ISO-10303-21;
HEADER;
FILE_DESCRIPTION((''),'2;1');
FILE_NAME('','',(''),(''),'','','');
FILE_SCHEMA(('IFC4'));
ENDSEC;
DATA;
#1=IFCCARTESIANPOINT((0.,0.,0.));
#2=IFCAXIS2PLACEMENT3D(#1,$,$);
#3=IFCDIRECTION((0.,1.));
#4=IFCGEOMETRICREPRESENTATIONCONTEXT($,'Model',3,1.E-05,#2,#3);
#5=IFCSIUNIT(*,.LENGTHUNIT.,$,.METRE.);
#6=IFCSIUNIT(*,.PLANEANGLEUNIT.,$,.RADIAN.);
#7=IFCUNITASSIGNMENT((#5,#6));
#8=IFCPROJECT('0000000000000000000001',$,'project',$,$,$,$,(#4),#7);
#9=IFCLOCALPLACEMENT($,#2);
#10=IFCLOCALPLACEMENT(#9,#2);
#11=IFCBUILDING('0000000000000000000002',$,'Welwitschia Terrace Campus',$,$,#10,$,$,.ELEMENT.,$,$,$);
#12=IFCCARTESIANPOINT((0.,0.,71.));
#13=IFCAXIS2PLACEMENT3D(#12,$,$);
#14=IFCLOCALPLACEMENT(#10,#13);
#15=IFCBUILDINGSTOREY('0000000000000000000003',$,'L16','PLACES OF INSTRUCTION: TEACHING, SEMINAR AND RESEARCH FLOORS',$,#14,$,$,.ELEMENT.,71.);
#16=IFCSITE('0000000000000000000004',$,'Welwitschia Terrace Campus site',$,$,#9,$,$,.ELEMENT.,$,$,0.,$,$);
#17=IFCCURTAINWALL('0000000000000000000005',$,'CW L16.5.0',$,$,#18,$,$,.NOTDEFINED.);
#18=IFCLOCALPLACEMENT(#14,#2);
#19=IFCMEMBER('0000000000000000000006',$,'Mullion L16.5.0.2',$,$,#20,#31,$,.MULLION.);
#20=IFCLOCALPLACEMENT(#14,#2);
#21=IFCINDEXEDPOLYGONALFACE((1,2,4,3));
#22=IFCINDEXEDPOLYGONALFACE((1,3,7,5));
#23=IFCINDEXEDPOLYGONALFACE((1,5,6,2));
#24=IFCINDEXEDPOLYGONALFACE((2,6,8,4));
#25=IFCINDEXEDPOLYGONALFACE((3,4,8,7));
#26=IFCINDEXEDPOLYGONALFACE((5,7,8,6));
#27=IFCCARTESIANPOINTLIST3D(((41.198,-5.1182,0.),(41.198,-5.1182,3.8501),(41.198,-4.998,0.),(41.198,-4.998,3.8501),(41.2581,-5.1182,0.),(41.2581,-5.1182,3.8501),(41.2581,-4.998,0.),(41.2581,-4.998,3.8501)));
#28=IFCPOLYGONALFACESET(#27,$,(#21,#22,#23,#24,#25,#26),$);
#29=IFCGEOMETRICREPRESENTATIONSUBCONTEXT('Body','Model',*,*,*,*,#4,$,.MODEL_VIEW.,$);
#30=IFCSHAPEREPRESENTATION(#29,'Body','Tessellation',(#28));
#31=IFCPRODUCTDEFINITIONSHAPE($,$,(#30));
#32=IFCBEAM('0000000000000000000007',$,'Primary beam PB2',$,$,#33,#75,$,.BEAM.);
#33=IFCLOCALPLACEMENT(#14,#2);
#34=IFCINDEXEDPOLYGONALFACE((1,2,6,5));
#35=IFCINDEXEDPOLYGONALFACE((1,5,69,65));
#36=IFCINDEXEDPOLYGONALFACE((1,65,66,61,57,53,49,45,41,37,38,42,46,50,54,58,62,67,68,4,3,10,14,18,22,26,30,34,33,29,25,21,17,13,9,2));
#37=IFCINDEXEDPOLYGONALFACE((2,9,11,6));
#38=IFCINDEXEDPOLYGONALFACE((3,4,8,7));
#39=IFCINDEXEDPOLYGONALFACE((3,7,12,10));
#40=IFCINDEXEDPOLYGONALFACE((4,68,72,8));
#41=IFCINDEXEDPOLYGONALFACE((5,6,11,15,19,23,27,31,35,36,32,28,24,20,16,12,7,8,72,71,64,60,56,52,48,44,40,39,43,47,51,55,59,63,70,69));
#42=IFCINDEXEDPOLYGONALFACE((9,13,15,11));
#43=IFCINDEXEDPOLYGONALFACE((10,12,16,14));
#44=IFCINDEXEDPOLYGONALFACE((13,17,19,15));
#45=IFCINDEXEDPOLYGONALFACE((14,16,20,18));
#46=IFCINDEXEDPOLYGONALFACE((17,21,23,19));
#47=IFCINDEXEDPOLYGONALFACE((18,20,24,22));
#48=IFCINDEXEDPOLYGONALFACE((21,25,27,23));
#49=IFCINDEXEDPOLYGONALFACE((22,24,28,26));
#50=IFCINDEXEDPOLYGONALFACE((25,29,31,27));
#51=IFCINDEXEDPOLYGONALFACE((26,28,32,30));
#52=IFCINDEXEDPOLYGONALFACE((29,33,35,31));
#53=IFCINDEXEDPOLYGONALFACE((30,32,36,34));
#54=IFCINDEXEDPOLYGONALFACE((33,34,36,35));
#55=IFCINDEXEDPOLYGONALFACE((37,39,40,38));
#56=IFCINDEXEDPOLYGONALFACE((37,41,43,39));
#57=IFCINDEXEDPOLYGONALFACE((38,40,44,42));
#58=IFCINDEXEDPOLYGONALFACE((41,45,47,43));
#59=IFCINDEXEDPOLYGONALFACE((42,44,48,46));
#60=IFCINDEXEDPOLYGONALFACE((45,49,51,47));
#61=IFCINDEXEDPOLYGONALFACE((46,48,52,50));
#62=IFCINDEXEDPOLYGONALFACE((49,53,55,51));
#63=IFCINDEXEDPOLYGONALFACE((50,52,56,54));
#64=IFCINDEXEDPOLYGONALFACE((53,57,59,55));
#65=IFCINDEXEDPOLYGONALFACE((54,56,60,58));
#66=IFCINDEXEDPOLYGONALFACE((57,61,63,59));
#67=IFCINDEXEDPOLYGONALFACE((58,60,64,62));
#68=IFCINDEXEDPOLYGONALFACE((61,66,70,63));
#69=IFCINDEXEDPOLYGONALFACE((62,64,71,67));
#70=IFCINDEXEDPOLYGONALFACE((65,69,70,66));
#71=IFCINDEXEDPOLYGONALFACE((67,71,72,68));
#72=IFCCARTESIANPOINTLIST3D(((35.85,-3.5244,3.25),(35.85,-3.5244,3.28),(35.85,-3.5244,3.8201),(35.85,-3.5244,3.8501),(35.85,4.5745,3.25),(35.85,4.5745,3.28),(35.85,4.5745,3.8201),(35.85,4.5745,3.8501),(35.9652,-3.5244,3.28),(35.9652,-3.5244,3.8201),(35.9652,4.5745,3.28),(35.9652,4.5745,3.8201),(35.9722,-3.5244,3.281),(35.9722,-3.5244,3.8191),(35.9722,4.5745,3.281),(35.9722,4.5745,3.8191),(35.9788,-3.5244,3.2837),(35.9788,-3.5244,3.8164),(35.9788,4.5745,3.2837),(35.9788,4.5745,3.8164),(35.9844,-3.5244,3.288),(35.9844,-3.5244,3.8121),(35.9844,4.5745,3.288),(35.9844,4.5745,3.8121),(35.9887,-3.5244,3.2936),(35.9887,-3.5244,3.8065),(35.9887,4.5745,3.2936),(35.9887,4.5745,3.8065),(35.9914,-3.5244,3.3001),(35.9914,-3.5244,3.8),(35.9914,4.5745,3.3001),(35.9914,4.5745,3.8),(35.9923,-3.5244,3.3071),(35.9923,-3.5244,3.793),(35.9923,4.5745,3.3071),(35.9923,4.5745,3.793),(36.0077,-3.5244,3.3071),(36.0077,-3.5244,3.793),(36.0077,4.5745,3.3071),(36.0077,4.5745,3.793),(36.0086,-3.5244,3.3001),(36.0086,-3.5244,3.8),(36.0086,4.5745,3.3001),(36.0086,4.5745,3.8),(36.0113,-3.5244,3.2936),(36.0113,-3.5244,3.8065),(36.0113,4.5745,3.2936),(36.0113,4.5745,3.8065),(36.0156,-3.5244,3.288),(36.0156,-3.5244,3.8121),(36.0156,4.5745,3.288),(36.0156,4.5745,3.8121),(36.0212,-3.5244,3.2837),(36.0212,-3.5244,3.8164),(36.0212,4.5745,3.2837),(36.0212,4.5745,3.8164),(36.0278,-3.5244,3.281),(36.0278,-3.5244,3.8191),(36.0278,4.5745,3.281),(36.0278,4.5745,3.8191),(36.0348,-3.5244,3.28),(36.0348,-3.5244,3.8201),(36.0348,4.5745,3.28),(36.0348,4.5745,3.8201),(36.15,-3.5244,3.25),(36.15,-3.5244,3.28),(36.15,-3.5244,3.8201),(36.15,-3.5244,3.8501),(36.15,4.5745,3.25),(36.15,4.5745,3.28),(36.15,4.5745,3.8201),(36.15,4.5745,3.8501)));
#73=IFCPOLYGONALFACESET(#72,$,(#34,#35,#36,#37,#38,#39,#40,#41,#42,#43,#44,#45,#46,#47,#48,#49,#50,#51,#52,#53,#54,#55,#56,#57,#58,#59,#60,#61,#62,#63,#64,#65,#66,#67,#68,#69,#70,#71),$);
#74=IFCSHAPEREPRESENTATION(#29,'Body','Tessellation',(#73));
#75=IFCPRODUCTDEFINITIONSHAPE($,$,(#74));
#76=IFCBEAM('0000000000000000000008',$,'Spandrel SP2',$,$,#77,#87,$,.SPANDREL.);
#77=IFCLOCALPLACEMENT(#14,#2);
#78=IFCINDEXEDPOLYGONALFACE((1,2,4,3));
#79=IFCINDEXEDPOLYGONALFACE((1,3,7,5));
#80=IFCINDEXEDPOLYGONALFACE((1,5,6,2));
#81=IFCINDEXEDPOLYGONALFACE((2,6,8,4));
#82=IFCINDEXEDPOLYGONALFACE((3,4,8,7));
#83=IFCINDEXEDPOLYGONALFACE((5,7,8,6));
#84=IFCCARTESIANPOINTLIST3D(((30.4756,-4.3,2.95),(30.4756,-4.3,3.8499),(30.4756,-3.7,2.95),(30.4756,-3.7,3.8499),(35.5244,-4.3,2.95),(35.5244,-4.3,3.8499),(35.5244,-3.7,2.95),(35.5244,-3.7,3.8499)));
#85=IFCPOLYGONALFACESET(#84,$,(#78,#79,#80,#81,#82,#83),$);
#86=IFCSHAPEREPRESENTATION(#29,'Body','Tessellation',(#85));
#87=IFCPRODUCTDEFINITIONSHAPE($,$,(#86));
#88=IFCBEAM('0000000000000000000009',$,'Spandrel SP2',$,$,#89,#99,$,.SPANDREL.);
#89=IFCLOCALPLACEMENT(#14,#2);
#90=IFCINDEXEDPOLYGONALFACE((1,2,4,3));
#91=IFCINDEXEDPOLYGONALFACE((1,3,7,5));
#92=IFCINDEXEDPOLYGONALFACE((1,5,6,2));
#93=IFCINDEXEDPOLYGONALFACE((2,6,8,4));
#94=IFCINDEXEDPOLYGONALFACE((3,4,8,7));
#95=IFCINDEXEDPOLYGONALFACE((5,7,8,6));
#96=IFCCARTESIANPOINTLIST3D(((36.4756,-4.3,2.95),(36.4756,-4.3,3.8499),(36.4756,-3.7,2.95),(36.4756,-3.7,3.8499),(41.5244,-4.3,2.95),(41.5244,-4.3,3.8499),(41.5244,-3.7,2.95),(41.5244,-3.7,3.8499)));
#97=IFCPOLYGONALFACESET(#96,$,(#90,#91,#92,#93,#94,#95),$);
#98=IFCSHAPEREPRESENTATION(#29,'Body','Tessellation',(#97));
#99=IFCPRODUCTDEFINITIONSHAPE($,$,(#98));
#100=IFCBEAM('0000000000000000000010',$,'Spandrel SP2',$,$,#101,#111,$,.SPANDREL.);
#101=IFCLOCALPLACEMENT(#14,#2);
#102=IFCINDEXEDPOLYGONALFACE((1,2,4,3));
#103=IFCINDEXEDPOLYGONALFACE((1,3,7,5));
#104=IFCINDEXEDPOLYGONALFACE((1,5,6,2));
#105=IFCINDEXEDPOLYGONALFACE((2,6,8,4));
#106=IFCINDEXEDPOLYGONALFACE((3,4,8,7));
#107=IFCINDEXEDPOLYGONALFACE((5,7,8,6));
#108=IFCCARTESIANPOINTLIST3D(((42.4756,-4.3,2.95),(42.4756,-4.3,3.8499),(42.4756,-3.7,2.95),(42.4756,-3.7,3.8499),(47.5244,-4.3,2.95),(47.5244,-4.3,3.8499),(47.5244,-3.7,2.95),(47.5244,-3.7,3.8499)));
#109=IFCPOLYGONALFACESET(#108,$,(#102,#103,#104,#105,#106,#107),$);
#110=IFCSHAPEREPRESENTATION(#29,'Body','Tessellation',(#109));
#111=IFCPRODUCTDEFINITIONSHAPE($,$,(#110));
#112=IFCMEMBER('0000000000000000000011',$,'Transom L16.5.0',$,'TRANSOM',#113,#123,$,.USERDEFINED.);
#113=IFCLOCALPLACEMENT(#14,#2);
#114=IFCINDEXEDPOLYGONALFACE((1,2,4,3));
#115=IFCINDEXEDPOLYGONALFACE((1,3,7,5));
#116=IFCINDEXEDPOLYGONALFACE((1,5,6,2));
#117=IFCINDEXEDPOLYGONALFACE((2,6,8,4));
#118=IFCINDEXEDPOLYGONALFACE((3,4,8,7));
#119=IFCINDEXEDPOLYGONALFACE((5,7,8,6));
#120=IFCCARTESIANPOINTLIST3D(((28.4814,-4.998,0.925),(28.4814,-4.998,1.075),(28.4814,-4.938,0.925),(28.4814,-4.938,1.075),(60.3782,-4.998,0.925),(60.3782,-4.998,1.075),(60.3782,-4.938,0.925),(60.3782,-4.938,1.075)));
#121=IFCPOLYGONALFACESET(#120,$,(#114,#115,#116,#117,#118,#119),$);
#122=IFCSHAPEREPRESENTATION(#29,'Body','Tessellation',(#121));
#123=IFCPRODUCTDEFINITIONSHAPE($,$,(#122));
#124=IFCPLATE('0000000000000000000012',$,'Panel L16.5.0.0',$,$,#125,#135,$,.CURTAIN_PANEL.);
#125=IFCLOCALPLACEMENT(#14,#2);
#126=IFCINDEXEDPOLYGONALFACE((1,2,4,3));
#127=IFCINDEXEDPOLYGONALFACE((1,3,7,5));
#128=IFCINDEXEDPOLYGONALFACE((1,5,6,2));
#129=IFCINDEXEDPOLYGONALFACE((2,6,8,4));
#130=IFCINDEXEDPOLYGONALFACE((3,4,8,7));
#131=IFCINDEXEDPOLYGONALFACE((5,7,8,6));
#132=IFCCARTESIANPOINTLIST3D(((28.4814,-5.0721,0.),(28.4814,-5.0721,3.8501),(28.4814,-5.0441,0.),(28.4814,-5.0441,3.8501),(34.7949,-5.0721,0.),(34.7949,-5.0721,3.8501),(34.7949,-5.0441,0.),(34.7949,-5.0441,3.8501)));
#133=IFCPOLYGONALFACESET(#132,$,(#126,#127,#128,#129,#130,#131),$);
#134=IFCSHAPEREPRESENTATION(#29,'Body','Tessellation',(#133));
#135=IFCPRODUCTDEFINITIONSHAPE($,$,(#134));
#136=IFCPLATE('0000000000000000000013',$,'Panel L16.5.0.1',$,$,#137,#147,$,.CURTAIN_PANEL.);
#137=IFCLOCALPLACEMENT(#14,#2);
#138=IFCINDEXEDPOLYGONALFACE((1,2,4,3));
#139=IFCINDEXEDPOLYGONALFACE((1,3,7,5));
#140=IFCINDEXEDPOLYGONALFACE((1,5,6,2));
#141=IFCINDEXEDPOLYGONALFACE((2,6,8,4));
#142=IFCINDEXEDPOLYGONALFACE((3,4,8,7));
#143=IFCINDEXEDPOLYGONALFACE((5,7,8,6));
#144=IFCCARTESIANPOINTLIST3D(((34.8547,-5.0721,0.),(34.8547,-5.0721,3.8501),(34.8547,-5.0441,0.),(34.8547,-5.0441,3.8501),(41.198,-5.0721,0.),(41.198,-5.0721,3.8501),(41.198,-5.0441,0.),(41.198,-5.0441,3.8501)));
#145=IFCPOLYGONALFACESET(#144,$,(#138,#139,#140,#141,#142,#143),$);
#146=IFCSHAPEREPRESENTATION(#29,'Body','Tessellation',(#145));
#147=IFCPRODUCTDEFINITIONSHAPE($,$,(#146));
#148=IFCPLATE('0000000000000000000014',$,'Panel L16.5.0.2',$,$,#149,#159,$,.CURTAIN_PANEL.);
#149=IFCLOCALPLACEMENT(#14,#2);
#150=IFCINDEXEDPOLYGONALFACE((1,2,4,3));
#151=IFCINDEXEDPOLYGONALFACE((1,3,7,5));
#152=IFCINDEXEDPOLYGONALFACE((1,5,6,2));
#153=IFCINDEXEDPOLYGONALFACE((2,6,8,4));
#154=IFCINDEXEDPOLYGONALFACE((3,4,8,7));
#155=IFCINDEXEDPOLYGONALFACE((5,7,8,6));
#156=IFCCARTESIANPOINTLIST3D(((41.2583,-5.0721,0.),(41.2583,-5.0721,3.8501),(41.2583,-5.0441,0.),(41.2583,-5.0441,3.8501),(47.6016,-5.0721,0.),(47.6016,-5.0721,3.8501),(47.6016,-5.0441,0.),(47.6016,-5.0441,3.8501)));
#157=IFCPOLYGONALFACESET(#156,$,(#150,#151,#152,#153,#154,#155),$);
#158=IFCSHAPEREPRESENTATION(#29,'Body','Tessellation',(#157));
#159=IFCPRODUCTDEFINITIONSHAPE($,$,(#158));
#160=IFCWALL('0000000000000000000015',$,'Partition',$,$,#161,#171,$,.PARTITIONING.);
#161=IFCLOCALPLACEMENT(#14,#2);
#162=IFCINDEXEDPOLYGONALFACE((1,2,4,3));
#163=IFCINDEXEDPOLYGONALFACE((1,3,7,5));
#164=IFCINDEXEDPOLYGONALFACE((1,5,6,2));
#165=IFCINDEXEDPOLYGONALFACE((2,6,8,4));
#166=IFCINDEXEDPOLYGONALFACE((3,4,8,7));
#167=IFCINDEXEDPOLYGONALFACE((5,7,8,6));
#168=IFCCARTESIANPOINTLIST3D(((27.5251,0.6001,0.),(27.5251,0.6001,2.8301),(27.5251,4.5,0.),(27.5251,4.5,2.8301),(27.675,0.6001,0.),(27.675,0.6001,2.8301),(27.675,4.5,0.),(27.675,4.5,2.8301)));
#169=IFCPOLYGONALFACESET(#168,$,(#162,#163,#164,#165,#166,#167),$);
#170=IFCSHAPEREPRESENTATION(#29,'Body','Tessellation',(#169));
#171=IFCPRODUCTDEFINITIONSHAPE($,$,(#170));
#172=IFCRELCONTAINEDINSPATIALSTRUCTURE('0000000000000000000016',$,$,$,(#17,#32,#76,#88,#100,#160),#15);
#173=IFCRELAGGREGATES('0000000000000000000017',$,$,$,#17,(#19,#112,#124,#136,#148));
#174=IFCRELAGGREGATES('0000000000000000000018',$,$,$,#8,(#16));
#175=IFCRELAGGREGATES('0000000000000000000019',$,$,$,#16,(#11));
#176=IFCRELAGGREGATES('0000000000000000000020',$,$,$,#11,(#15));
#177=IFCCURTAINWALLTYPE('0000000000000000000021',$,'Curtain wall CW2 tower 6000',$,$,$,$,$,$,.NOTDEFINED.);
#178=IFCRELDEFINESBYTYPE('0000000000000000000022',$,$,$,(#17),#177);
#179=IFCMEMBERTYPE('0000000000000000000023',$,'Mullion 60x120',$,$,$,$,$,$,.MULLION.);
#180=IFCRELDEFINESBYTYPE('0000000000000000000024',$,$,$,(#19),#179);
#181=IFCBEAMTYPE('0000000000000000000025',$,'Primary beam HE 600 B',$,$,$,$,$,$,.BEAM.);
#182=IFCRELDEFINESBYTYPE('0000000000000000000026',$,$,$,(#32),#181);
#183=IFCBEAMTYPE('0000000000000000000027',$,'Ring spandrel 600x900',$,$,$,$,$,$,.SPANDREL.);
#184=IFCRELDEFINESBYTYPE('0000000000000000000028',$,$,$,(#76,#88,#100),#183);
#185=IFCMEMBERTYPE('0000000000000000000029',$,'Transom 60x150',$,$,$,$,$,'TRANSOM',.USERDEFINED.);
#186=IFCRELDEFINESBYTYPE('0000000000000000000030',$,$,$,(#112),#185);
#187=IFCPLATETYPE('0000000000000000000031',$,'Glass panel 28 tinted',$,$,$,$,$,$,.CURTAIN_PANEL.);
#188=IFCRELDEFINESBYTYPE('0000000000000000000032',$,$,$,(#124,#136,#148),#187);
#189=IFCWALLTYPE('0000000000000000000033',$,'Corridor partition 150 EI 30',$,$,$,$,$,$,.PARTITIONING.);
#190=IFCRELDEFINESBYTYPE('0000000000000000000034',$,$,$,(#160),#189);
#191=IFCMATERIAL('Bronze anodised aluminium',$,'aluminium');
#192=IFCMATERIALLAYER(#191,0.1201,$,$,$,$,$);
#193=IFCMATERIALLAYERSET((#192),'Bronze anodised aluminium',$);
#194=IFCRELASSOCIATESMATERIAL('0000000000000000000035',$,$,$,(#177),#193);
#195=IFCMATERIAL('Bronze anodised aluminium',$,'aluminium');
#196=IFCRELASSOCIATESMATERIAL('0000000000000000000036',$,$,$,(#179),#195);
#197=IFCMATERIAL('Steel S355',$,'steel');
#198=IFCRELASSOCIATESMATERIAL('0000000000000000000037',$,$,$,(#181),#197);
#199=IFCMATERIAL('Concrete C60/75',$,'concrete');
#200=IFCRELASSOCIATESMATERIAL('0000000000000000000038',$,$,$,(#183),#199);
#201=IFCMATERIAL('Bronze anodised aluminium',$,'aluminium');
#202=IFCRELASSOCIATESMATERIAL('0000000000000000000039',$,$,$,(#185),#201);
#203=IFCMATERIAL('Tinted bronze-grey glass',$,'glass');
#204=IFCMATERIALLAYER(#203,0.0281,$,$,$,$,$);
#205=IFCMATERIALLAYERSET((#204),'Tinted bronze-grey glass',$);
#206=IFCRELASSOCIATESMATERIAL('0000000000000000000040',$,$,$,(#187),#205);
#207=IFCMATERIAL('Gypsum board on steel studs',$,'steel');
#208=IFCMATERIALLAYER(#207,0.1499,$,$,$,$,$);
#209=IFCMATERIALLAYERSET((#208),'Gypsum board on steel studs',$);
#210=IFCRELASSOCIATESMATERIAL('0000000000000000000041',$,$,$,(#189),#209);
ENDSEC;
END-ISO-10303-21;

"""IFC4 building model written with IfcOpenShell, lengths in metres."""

from ifc_helpers import new_model, si_unit, direction, frame, frame_2d, origin, origin_2d, place, context, subcontext, project, spatial, rectangle, i_section, extrude, material, layer, layer_set, material_profile, profile_set, type_object, element, aggregate, save


model = new_model("IFC4")

# Units and contexts
model_context = context("Model", 3, precision=1e-05, world=origin(), true_north=direction((0.0, 1.0)))
body_context = subcontext(model_context, "Body", "Model", "MODEL_VIEW")
ifc_project = project(units=[si_unit("LENGTHUNIT", "METRE"), si_unit("PLANEANGLEUNIT", "RADIAN")], contexts=[model_context])

# Site, building, storey
site_placement = place(None, origin())
site = spatial("IfcSite", under=ifc_project, at=site_placement, Name="Welwitschia Terrace Campus site", CompositionType="ELEMENT", RefElevation=0.0)
building_placement = place(site_placement, origin())
building = spatial("IfcBuilding", under=site, at=building_placement, Name="Welwitschia Terrace Campus", CompositionType="ELEMENT")
storey_placement = place(building_placement, frame((0.0, 0.0, 71.0)))
storey = spatial("IfcBuildingStorey", under=building, at=storey_placement, Name="L16", Description="PLACES OF INSTRUCTION: TEACHING, SEMINAR AND RESEARCH FLOORS", CompositionType="ELEMENT", Elevation=71.0)

# Shared definitions
ifc_material_1 = material(Name="Bronze anodised aluminium", Category="aluminium")
ifc_layer_1 = layer(ifc_material_1, 0.1201)
ifc_layer_set_1 = layer_set([ifc_layer_1], Name="Bronze anodised aluminium")
curtain_wall_type = type_object("IfcCurtainWallType", Name="Curtain wall CW2 tower 6000", PredefinedType="NOTDEFINED", material=ifc_layer_set_1)
ifc_material_2 = material(Name="Bronze anodised aluminium", Category="aluminium")
ifc_material_profile_1 = material_profile(ifc_material_2, rectangle(XDim=0.1201, YDim=0.0601, at=origin_2d()))
ifc_profile_set_1 = profile_set([ifc_material_profile_1], Name="Bronze anodised aluminium")
member_type_1 = type_object("IfcMemberType", Name="Mullion 60x120", PredefinedType="MULLION", material=ifc_profile_set_1)

# Curtain wall, member
curtain_wall_1_placement = place(storey_placement, origin())
curtain_wall_1 = element("IfcCurtainWall", 1, at=curtain_wall_1_placement, inside=storey, type_object=curtain_wall_type, Name="CW L16.5.0", PredefinedType="NOTDEFINED")
member_1_placement = place(storey_placement, frame((41.228, -5.0581, 0.0), z_axis=(0.0, 0.0, 1.0), x_axis=(0.0, 1.0, 0.0)))
member_1 = element("IfcMember", 2, at=member_1_placement, type_object=member_type_1, Name="Mullion L16.5.0.2", PredefinedType="MULLION", context=body_context, shape_type="SweptSolid", body=[
    extrude(rectangle(XDim=0.1201, YDim=0.0601, at=origin_2d()), origin(), (0.0, 0.0, 1.0), 3.8501),
])

# Beams
ifc_material_3 = material(Name="Steel S355", Category="steel")
ifc_material_profile_2 = material_profile(ifc_material_3, i_section(OverallWidth=0.3, OverallDepth=0.6001, WebThickness=0.0154, FlangeThickness=0.03, FilletRadius=0.0271, at=origin_2d()))
ifc_profile_set_2 = profile_set([ifc_material_profile_2], Name="Steel S355")
beam_type_1 = type_object("IfcBeamType", Name="Primary beam HE 600 B", PredefinedType="BEAM", material=ifc_profile_set_2)
beam_placement = place(storey_placement, frame((36.0, -3.5244, 3.55), z_axis=(0.0, 1.0, 0.0), x_axis=(-1.0, 0.0, 0.0)))
element("IfcBeam", 3, at=beam_placement, inside=storey, type_object=beam_type_1, Name="Primary beam PB2", PredefinedType="BEAM", context=body_context, shape_type="SweptSolid", body=[
    extrude(i_section(OverallWidth=0.3, OverallDepth=0.6001, WebThickness=0.0154, FlangeThickness=0.03, FilletRadius=0.0271, at=origin_2d()), origin(), (0.0, 0.0, 1.0), 8.0989),
])
ifc_material_4 = material(Name="Concrete C60/75", Category="concrete")
ifc_material_profile_3 = material_profile(ifc_material_4, rectangle(XDim=0.6001, YDim=0.8999, at=origin_2d()))
ifc_profile_set_3 = profile_set([ifc_material_profile_3], Name="Concrete C60/75")
beam_type_2 = type_object("IfcBeamType", Name="Ring spandrel 600x900", PredefinedType="SPANDREL", material=ifc_profile_set_3)
for number, where, z_axis, x_axis, name in (
    (4, (30.4756, -4.0, 3.3999), (1.0, 0.0, 0.0), (0.0, 1.0, 0.0), "Spandrel SP2"),
    (5, (36.4756, -4.0, 3.3999), (1.0, 0.0, 0.0), (0.0, 1.0, 0.0), "Spandrel SP2"),
    (6, (42.4756, -4.0, 3.3999), (1.0, 0.0, 0.0), (0.0, 1.0, 0.0), "Spandrel SP2"),
):
    element("IfcBeam", number, at=place(storey_placement, frame(where, z_axis=z_axis, x_axis=x_axis)), inside=storey, type_object=beam_type_2, Name=name, PredefinedType="SPANDREL", context=body_context, shape_type="SweptSolid", body=[
        extrude(rectangle(XDim=0.6001, YDim=0.8999, at=origin_2d()), origin(), (0.0, 0.0, 1.0), 5.0488),
    ])

# Member
ifc_material_5 = material(Name="Bronze anodised aluminium", Category="aluminium")
ifc_material_profile_4 = material_profile(ifc_material_5, rectangle(XDim=0.0601, YDim=0.1499, at=origin_2d()))
ifc_profile_set_4 = profile_set([ifc_material_profile_4], Name="Bronze anodised aluminium")
member_type_2 = type_object("IfcMemberType", Name="Transom 60x150", ElementType="TRANSOM", PredefinedType="USERDEFINED", material=ifc_profile_set_4)
member_2_placement = place(storey_placement, frame((28.4814, -4.968, 1.0), z_axis=(1.0, 0.0, 0.0), x_axis=(0.0, 1.0, 0.0)))
member_2 = element("IfcMember", 7, at=member_2_placement, type_object=member_type_2, Name="Transom L16.5.0", ObjectType="TRANSOM", PredefinedType="USERDEFINED", context=body_context, shape_type="SweptSolid", body=[
    extrude(rectangle(XDim=0.0601, YDim=0.1499, at=origin_2d()), origin(), (0.0, 0.0, 1.0), 31.8967),
])

# Plates
ifc_material_6 = material(Name="Tinted bronze-grey glass", Category="glass")
ifc_layer_2 = layer(ifc_material_6, 0.0281)
ifc_layer_set_2 = layer_set([ifc_layer_2], Name="Tinted bronze-grey glass")
plate_type = type_object("IfcPlateType", Name="Glass panel 28 tinted", PredefinedType="CURTAIN_PANEL", material=ifc_layer_set_2)
plate_1_placement = place(storey_placement, frame((31.6382, -5.0581, 0.0), z_axis=(0.0, 0.0, 1.0), x_axis=(1.0, 0.0, 0.0)))
plate_1 = element("IfcPlate", 8, at=plate_1_placement, type_object=plate_type, Name="Panel L16.5.0.0", PredefinedType="CURTAIN_PANEL", context=body_context, shape_type="SweptSolid", body=[
    extrude(rectangle(XDim=6.3135, YDim=0.0281, at=origin_2d()), origin(), (0.0, 0.0, 1.0), 3.8501),
])
plate_2_placement = place(storey_placement, frame((38.0264, -5.0581, 0.0), z_axis=(0.0, 0.0, 1.0), x_axis=(1.0, 0.0, 0.0)))
plate_2 = element("IfcPlate", 9, at=plate_2_placement, type_object=plate_type, Name="Panel L16.5.0.1", PredefinedType="CURTAIN_PANEL", context=body_context, shape_type="SweptSolid", body=[
    extrude(rectangle(XDim=6.3433, YDim=0.0281, at=origin_2d()), origin(), (0.0, 0.0, 1.0), 3.8501),
])
plate_3_placement = place(storey_placement, frame((44.4299, -5.0581, 0.0), z_axis=(0.0, 0.0, 1.0), x_axis=(1.0, 0.0, 0.0)))
plate_3 = element("IfcPlate", 10, at=plate_3_placement, type_object=plate_type, Name="Panel L16.5.0.2", PredefinedType="CURTAIN_PANEL", context=body_context, shape_type="SweptSolid", body=[
    extrude(rectangle(XDim=6.3433, YDim=0.0281, at=origin_2d()), origin(), (0.0, 0.0, 1.0), 3.8501),
])
aggregate(curtain_wall_1, [member_1, member_2, plate_1, plate_2, plate_3])

# Wall
ifc_material_7 = material(Name="Gypsum board on steel studs", Category="steel")
ifc_layer_3 = layer(ifc_material_7, 0.1499)
ifc_layer_set_3 = layer_set([ifc_layer_3], Name="Gypsum board on steel studs")
wall_type = type_object("IfcWallType", Name="Corridor partition 150 EI 30", PredefinedType="PARTITIONING", material=ifc_layer_set_3)
wall_1_placement = place(storey_placement, frame((27.6001, 0.6001, 0.0), z_axis=(0.0, 0.0, 1.0), x_axis=(0.0, 1.0, 0.0)))
element("IfcWall", 11, at=wall_1_placement, inside=storey, type_object=wall_type, Name="Partition", PredefinedType="PARTITIONING", context=body_context, shape_type="SweptSolid", body=[
    extrude(rectangle(XDim=3.8999, YDim=0.1499, at=frame_2d((1.95, 0.0))), origin(), (0.0, 0.0, 1.0), 2.8301),
])

save(model, "model.ifc")
